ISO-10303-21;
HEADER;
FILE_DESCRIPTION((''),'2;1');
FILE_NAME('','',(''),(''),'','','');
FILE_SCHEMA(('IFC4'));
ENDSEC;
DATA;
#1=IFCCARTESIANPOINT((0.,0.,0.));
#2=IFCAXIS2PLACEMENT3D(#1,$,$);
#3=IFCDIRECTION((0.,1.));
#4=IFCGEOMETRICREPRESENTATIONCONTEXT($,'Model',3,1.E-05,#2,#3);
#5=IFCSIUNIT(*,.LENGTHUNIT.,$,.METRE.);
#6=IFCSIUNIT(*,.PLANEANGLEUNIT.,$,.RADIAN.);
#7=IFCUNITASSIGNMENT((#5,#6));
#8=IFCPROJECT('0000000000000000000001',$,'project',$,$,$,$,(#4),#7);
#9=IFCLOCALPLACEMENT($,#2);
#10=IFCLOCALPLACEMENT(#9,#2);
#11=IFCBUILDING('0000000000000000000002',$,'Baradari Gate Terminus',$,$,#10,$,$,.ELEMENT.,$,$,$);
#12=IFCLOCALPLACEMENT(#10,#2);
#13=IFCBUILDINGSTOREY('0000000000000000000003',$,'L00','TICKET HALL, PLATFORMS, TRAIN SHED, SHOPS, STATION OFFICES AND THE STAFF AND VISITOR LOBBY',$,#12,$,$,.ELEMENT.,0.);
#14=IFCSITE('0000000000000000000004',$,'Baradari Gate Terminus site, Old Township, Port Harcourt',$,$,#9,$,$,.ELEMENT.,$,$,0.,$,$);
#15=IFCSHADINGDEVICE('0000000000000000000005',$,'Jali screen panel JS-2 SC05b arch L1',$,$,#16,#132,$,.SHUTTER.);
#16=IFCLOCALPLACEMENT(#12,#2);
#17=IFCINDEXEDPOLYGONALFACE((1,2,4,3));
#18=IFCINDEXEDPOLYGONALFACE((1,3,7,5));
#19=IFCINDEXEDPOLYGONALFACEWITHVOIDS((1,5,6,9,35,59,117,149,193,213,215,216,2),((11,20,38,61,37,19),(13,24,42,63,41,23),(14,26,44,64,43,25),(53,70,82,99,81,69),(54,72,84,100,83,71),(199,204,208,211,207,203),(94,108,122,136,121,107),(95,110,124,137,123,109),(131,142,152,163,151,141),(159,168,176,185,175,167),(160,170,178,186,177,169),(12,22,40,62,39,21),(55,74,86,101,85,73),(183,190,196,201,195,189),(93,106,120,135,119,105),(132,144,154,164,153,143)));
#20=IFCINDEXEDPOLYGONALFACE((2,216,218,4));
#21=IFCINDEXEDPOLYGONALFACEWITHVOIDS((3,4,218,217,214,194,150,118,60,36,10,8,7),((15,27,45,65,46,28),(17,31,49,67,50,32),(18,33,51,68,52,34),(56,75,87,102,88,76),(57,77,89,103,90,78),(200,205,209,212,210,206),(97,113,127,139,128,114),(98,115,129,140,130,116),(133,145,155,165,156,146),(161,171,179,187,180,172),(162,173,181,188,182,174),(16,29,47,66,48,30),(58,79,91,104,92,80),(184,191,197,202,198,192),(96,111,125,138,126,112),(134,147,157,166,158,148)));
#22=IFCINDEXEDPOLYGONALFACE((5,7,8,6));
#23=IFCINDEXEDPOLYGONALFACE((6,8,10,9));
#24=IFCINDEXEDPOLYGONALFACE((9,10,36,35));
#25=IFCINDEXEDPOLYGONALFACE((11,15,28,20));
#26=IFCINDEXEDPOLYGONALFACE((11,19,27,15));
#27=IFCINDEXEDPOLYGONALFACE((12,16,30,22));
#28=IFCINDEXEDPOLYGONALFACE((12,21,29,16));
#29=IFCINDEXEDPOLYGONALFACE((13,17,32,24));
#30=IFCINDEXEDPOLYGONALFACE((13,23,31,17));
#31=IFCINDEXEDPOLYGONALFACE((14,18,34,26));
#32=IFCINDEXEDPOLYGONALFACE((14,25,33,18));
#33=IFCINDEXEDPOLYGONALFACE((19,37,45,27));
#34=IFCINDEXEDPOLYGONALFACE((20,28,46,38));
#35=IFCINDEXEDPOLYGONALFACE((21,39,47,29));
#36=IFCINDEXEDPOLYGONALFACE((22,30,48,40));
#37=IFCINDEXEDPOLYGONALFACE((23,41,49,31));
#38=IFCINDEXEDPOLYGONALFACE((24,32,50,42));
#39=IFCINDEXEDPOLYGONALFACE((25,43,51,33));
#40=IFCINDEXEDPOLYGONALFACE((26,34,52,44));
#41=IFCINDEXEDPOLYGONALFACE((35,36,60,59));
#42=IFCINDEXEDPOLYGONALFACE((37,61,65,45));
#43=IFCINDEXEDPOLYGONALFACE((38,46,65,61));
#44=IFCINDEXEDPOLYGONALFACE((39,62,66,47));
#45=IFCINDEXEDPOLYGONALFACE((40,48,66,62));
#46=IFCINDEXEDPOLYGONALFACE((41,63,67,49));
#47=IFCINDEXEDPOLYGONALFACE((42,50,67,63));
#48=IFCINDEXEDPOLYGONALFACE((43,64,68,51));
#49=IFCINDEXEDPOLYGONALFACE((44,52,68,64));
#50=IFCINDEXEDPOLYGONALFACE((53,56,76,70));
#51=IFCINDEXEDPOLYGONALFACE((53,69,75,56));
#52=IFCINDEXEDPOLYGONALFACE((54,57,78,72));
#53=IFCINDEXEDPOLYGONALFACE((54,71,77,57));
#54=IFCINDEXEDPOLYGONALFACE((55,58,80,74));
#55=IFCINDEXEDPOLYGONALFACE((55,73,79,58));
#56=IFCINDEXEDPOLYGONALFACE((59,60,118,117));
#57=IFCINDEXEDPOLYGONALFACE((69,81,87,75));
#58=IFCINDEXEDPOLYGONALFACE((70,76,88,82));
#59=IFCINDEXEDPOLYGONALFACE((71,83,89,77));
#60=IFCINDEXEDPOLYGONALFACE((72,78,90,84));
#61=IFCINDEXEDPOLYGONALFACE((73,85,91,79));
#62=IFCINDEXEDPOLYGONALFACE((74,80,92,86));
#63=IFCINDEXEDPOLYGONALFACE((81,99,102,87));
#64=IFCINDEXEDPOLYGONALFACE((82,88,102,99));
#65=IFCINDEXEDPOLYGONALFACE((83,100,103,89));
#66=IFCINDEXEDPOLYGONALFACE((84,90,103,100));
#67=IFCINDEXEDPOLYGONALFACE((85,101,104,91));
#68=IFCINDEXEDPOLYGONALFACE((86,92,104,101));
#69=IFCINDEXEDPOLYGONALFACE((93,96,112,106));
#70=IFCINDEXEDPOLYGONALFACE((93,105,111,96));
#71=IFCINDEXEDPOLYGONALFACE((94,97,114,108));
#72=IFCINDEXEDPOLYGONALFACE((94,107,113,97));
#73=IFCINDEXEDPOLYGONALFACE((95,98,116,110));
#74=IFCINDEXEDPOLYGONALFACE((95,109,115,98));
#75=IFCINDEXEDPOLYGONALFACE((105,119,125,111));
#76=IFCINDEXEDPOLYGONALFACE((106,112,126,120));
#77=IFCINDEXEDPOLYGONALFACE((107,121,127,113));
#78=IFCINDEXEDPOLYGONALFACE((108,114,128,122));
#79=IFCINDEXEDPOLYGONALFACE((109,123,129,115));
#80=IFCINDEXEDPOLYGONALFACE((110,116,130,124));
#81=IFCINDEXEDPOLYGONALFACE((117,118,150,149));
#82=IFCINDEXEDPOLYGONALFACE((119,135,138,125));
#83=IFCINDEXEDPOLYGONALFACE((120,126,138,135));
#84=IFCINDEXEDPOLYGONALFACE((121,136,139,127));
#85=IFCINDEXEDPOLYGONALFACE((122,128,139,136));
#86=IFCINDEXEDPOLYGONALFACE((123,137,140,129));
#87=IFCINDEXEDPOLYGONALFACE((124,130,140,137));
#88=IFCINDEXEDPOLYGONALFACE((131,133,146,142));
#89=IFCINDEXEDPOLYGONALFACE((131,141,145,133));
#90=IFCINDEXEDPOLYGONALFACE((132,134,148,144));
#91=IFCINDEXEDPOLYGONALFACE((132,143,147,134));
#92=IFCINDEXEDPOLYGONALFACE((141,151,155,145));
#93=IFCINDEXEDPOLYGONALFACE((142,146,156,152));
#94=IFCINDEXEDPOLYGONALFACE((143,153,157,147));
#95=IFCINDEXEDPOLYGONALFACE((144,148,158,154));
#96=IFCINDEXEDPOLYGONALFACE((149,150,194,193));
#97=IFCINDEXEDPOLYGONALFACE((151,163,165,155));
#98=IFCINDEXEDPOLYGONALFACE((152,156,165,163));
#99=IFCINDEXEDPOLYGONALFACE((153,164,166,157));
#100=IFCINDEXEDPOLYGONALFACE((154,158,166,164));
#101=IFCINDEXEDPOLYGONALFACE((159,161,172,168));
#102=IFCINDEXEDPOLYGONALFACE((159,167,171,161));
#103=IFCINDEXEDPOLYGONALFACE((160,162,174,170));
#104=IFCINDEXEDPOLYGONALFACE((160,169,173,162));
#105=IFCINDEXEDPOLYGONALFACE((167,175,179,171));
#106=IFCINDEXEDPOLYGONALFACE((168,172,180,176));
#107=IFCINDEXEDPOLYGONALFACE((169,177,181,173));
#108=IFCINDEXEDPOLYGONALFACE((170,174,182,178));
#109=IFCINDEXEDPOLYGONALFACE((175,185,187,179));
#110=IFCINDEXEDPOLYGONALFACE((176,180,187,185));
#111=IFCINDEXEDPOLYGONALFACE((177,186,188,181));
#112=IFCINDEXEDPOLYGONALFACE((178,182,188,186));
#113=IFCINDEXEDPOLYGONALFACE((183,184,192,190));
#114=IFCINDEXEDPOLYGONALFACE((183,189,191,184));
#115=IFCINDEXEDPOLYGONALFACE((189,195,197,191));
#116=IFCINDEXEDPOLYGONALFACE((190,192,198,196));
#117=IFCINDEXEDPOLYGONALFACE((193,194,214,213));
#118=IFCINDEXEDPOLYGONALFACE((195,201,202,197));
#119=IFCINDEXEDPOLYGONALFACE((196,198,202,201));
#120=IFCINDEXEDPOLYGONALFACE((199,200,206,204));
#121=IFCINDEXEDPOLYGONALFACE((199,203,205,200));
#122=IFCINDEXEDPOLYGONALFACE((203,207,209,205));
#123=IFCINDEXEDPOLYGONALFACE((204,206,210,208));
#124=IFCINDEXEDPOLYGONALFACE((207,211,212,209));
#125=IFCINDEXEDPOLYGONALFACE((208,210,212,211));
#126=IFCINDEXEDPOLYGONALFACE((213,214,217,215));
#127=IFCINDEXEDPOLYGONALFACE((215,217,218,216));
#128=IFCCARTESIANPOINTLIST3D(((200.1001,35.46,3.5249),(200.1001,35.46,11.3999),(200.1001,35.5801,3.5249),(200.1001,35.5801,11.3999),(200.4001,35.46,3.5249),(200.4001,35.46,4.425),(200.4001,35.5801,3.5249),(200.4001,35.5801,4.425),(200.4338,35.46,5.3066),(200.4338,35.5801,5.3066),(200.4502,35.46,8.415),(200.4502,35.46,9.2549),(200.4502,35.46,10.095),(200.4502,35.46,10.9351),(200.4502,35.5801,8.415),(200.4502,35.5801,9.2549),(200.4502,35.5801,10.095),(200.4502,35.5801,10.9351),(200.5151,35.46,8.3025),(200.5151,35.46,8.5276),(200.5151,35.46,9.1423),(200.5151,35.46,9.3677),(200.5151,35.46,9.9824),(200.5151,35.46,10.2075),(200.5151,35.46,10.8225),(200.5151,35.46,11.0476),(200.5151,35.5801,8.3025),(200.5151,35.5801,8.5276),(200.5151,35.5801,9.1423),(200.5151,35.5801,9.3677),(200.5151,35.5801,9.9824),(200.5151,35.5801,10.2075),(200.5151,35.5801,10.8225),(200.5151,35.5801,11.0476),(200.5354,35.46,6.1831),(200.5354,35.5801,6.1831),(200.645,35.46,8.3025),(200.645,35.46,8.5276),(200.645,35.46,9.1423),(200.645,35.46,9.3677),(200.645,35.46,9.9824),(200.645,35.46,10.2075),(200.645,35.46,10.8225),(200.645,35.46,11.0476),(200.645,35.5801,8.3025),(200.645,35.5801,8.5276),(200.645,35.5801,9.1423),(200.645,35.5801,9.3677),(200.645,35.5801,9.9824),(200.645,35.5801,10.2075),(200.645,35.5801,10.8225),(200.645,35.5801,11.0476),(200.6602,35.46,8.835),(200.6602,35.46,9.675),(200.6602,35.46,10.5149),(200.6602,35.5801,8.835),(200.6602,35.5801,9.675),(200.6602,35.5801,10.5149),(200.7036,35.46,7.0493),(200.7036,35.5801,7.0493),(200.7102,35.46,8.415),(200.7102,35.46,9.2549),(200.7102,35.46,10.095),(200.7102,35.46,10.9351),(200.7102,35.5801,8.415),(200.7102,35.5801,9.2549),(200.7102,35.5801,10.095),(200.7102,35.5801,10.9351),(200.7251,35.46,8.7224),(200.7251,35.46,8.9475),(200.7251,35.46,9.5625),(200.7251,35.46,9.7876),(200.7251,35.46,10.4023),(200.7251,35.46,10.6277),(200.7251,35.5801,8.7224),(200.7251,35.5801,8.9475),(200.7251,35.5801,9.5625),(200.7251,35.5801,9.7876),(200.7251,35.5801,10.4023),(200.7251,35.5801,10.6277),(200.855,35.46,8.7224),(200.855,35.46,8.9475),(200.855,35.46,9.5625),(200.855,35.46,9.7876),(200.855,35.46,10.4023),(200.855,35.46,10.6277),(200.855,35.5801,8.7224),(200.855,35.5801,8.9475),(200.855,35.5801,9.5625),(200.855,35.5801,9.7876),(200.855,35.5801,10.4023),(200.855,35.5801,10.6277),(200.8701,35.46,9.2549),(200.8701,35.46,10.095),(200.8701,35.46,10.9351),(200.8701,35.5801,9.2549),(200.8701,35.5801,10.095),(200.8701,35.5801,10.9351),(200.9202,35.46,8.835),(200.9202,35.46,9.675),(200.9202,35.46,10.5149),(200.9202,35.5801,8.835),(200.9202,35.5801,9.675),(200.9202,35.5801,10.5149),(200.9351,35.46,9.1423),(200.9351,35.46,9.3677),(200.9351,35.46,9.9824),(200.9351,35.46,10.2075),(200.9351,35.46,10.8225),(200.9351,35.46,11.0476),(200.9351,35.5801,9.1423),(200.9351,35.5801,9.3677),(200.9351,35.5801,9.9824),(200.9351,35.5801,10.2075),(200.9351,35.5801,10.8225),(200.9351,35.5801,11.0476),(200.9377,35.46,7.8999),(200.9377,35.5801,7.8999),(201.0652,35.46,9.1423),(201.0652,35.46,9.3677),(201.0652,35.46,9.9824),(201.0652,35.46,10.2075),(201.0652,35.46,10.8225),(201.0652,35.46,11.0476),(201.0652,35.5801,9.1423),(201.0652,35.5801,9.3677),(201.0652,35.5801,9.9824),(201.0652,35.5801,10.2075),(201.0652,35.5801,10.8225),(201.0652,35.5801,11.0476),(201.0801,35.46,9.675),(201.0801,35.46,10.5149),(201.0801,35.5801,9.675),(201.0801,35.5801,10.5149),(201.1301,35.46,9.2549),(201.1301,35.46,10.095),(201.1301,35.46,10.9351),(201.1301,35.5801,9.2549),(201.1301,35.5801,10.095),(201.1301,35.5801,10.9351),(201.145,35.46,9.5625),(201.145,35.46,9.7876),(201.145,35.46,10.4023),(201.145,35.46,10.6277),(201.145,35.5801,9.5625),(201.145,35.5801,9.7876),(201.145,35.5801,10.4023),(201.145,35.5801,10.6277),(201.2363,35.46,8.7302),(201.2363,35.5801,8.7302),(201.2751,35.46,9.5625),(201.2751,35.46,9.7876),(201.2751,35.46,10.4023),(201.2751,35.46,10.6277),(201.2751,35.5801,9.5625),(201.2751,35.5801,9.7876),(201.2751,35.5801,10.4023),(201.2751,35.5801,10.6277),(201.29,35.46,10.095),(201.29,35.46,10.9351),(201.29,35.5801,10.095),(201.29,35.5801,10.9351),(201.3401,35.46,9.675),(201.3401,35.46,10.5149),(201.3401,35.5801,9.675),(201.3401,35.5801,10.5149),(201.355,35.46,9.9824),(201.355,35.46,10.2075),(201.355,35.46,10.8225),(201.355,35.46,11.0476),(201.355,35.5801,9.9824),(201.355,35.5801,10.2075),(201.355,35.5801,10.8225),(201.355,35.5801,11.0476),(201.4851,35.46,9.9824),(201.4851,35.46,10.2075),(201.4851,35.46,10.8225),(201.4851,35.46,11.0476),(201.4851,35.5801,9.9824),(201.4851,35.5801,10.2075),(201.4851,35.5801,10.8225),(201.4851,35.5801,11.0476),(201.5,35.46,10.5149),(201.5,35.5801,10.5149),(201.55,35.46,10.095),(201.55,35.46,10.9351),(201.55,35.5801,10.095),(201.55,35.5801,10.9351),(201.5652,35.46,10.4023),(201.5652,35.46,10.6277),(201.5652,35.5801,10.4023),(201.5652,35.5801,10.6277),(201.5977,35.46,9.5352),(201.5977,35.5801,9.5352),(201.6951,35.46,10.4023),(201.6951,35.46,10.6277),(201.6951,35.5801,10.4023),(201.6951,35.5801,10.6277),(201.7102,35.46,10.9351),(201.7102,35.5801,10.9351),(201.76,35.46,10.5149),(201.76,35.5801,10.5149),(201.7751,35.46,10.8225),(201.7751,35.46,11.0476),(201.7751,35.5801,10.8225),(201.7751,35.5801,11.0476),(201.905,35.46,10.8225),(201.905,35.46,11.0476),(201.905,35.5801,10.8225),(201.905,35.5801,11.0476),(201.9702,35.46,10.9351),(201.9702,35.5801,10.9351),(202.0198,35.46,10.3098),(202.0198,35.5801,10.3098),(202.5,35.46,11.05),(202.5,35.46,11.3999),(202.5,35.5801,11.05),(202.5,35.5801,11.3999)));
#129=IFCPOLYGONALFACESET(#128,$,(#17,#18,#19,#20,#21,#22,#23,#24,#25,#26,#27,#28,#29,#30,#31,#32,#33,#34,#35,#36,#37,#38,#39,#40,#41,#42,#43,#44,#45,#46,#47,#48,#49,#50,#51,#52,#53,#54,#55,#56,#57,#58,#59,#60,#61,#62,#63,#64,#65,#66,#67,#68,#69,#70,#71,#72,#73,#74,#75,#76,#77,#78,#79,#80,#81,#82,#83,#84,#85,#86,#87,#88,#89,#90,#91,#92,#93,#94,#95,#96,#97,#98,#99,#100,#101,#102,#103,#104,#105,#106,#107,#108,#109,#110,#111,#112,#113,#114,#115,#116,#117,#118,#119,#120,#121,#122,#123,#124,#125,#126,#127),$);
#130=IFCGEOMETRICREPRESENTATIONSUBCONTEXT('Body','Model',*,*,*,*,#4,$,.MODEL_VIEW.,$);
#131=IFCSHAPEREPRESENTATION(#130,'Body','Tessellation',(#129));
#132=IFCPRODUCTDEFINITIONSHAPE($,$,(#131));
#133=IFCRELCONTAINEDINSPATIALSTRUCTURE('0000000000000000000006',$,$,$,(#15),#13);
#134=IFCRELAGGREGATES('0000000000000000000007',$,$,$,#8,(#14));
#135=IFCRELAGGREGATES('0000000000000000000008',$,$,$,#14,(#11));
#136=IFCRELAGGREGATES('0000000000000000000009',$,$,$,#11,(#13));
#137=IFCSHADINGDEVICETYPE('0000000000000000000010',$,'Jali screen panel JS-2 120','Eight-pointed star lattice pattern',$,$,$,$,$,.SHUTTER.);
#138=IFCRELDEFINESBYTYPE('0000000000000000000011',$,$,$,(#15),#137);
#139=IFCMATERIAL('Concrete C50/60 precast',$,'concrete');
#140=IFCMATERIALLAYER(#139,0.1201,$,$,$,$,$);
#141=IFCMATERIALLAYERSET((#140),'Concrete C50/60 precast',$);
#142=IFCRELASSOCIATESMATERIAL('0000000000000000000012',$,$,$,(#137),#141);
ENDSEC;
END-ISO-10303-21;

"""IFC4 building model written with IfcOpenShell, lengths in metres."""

from ifc_helpers import new_model, si_unit, direction, frame, origin, place, context, subcontext, project, spatial, polyline, outline, extrude, material, layer, layer_set, type_object, element, save


model = new_model("IFC4")

# Units and contexts
model_context = context("Model", 3, precision=1e-05, world=origin(), true_north=direction((0.0, 1.0)))
body_context = subcontext(model_context, "Body", "Model", "MODEL_VIEW")
ifc_project = project(units=[si_unit("LENGTHUNIT", "METRE"), si_unit("PLANEANGLEUNIT", "RADIAN")], contexts=[model_context])

# Site, building, storey
site_placement = place(None, origin())
site = spatial("IfcSite", under=ifc_project, at=site_placement, Name="Baradari Gate Terminus site, Old Township, Port Harcourt", CompositionType="ELEMENT", RefElevation=0.0)
building_placement = place(site_placement, origin())
building = spatial("IfcBuilding", under=site, at=building_placement, Name="Baradari Gate Terminus", CompositionType="ELEMENT")
storey_placement = place(building_placement, origin())
storey = spatial("IfcBuildingStorey", under=building, at=storey_placement, Name="L00", Description="TICKET HALL, PLATFORMS, TRAIN SHED, SHOPS, STATION OFFICES AND THE STAFF AND VISITOR LOBBY", CompositionType="ELEMENT", Elevation=0.0)

# Shading device
ifc_material_1 = material(Name="Concrete C50/60 precast", Category="concrete")
ifc_layer_1 = layer(ifc_material_1, 0.1201)
ifc_layer_set_1 = layer_set([ifc_layer_1], Name="Concrete C50/60 precast")
shading_device_type = type_object("IfcShadingDeviceType", Name="Jali screen panel JS-2 120", Description="Eight-pointed star lattice pattern", PredefinedType="SHUTTER", material=ifc_layer_set_1)
shading_device_1_placement = place(storey_placement, frame((200.1001, 35.52, 3.5249), z_axis=(0.0, 0.0, 1.0), x_axis=(1.0, 0.0, 0.0)))
element("IfcShadingDevice", 1, at=shading_device_1_placement, inside=storey, type_object=shading_device_type, Name="Jali screen panel JS-2 SC05b arch L1", PredefinedType="SHUTTER", context=body_context, shape_type="SweptSolid", body=[
    extrude(outline(polyline([(0.0, 0.0), (0.3, 0.0), (0.3, 0.9001), (0.3337, 1.7817), (0.4353, 2.6582), (0.6035, 3.5244), (0.8376, 4.375), (1.1362, 5.2053), (1.4976, 6.0103), (1.9197, 6.7849), (2.3999, 7.5251), (2.3999, 7.875), (0.0, 7.875), (0.0, 0.0)]), holes=[polyline([(0.6101, 4.8901), (0.5449, 4.7776), (0.415, 4.7776), (0.3501, 4.8901), (0.415, 5.0027), (0.5449, 5.0027), (0.6101, 4.8901)]), polyline([(0.8201, 5.3101), (0.7549, 5.1975), (0.625, 5.1975), (0.5601, 5.3101), (0.625, 5.4226), (0.7549, 5.4226), (0.8201, 5.3101)]), polyline([(0.6101, 5.73), (0.5449, 5.6174), (0.415, 5.6174), (0.3501, 5.73), (0.415, 5.8428), (0.5449, 5.8428), (0.6101, 5.73)]), polyline([(1.03, 5.73), (0.9651, 5.6174), (0.835, 5.6174), (0.77, 5.73), (0.835, 5.8428), (0.9651, 5.8428), (1.03, 5.73)]), polyline([(0.8201, 6.1501), (0.7549, 6.0376), (0.625, 6.0376), (0.5601, 6.1501), (0.625, 6.2627), (0.7549, 6.2627), (0.8201, 6.1501)]), polyline([(1.24, 6.1501), (1.175, 6.0376), (1.0449, 6.0376), (0.98, 6.1501), (1.0449, 6.2627), (1.175, 6.2627), (1.24, 6.1501)]), polyline([(0.6101, 6.5701), (0.5449, 6.4575), (0.415, 6.4575), (0.3501, 6.5701), (0.415, 6.6826), (0.5449, 6.6826), (0.6101, 6.5701)]), polyline([(1.03, 6.5701), (0.9651, 6.4575), (0.835, 6.4575), (0.77, 6.5701), (0.835, 6.6826), (0.9651, 6.6826), (1.03, 6.5701)]), polyline([(1.45, 6.5701), (1.385, 6.4575), (1.2549, 6.4575), (1.1899, 6.5701), (1.2549, 6.6826), (1.385, 6.6826), (1.45, 6.5701)]), polyline([(0.8201, 6.99), (0.7549, 6.8774), (0.625, 6.8774), (0.5601, 6.99), (0.625, 7.1028), (0.7549, 7.1028), (0.8201, 6.99)]), polyline([(1.24, 6.99), (1.175, 6.8774), (1.0449, 6.8774), (0.98, 6.99), (1.0449, 7.1028), (1.175, 7.1028), (1.24, 6.99)]), polyline([(1.6599, 6.99), (1.595, 6.8774), (1.4651, 6.8774), (1.3999, 6.99), (1.4651, 7.1028), (1.595, 7.1028), (1.6599, 6.99)]), polyline([(0.6101, 7.4102), (0.5449, 7.2976), (0.415, 7.2976), (0.3501, 7.4102), (0.415, 7.5227), (0.5449, 7.5227), (0.6101, 7.4102)]), polyline([(1.03, 7.4102), (0.9651, 7.2976), (0.835, 7.2976), (0.77, 7.4102), (0.835, 7.5227), (0.9651, 7.5227), (1.03, 7.4102)]), polyline([(1.45, 7.4102), (1.385, 7.2976), (1.2549, 7.2976), (1.1899, 7.4102), (1.2549, 7.5227), (1.385, 7.5227), (1.45, 7.4102)]), polyline([(1.8701, 7.4102), (1.8049, 7.2976), (1.675, 7.2976), (1.6101, 7.4102), (1.675, 7.5227), (1.8049, 7.5227), (1.8701, 7.4102)])]), frame((0.0, 0.0601, 0.0), z_axis=(0.0, -1.0, 0.0), x_axis=(1.0, 0.0, 0.0)), (0.0, 0.0, 1.0), 0.1201),
])

save(model, "model.ifc")
